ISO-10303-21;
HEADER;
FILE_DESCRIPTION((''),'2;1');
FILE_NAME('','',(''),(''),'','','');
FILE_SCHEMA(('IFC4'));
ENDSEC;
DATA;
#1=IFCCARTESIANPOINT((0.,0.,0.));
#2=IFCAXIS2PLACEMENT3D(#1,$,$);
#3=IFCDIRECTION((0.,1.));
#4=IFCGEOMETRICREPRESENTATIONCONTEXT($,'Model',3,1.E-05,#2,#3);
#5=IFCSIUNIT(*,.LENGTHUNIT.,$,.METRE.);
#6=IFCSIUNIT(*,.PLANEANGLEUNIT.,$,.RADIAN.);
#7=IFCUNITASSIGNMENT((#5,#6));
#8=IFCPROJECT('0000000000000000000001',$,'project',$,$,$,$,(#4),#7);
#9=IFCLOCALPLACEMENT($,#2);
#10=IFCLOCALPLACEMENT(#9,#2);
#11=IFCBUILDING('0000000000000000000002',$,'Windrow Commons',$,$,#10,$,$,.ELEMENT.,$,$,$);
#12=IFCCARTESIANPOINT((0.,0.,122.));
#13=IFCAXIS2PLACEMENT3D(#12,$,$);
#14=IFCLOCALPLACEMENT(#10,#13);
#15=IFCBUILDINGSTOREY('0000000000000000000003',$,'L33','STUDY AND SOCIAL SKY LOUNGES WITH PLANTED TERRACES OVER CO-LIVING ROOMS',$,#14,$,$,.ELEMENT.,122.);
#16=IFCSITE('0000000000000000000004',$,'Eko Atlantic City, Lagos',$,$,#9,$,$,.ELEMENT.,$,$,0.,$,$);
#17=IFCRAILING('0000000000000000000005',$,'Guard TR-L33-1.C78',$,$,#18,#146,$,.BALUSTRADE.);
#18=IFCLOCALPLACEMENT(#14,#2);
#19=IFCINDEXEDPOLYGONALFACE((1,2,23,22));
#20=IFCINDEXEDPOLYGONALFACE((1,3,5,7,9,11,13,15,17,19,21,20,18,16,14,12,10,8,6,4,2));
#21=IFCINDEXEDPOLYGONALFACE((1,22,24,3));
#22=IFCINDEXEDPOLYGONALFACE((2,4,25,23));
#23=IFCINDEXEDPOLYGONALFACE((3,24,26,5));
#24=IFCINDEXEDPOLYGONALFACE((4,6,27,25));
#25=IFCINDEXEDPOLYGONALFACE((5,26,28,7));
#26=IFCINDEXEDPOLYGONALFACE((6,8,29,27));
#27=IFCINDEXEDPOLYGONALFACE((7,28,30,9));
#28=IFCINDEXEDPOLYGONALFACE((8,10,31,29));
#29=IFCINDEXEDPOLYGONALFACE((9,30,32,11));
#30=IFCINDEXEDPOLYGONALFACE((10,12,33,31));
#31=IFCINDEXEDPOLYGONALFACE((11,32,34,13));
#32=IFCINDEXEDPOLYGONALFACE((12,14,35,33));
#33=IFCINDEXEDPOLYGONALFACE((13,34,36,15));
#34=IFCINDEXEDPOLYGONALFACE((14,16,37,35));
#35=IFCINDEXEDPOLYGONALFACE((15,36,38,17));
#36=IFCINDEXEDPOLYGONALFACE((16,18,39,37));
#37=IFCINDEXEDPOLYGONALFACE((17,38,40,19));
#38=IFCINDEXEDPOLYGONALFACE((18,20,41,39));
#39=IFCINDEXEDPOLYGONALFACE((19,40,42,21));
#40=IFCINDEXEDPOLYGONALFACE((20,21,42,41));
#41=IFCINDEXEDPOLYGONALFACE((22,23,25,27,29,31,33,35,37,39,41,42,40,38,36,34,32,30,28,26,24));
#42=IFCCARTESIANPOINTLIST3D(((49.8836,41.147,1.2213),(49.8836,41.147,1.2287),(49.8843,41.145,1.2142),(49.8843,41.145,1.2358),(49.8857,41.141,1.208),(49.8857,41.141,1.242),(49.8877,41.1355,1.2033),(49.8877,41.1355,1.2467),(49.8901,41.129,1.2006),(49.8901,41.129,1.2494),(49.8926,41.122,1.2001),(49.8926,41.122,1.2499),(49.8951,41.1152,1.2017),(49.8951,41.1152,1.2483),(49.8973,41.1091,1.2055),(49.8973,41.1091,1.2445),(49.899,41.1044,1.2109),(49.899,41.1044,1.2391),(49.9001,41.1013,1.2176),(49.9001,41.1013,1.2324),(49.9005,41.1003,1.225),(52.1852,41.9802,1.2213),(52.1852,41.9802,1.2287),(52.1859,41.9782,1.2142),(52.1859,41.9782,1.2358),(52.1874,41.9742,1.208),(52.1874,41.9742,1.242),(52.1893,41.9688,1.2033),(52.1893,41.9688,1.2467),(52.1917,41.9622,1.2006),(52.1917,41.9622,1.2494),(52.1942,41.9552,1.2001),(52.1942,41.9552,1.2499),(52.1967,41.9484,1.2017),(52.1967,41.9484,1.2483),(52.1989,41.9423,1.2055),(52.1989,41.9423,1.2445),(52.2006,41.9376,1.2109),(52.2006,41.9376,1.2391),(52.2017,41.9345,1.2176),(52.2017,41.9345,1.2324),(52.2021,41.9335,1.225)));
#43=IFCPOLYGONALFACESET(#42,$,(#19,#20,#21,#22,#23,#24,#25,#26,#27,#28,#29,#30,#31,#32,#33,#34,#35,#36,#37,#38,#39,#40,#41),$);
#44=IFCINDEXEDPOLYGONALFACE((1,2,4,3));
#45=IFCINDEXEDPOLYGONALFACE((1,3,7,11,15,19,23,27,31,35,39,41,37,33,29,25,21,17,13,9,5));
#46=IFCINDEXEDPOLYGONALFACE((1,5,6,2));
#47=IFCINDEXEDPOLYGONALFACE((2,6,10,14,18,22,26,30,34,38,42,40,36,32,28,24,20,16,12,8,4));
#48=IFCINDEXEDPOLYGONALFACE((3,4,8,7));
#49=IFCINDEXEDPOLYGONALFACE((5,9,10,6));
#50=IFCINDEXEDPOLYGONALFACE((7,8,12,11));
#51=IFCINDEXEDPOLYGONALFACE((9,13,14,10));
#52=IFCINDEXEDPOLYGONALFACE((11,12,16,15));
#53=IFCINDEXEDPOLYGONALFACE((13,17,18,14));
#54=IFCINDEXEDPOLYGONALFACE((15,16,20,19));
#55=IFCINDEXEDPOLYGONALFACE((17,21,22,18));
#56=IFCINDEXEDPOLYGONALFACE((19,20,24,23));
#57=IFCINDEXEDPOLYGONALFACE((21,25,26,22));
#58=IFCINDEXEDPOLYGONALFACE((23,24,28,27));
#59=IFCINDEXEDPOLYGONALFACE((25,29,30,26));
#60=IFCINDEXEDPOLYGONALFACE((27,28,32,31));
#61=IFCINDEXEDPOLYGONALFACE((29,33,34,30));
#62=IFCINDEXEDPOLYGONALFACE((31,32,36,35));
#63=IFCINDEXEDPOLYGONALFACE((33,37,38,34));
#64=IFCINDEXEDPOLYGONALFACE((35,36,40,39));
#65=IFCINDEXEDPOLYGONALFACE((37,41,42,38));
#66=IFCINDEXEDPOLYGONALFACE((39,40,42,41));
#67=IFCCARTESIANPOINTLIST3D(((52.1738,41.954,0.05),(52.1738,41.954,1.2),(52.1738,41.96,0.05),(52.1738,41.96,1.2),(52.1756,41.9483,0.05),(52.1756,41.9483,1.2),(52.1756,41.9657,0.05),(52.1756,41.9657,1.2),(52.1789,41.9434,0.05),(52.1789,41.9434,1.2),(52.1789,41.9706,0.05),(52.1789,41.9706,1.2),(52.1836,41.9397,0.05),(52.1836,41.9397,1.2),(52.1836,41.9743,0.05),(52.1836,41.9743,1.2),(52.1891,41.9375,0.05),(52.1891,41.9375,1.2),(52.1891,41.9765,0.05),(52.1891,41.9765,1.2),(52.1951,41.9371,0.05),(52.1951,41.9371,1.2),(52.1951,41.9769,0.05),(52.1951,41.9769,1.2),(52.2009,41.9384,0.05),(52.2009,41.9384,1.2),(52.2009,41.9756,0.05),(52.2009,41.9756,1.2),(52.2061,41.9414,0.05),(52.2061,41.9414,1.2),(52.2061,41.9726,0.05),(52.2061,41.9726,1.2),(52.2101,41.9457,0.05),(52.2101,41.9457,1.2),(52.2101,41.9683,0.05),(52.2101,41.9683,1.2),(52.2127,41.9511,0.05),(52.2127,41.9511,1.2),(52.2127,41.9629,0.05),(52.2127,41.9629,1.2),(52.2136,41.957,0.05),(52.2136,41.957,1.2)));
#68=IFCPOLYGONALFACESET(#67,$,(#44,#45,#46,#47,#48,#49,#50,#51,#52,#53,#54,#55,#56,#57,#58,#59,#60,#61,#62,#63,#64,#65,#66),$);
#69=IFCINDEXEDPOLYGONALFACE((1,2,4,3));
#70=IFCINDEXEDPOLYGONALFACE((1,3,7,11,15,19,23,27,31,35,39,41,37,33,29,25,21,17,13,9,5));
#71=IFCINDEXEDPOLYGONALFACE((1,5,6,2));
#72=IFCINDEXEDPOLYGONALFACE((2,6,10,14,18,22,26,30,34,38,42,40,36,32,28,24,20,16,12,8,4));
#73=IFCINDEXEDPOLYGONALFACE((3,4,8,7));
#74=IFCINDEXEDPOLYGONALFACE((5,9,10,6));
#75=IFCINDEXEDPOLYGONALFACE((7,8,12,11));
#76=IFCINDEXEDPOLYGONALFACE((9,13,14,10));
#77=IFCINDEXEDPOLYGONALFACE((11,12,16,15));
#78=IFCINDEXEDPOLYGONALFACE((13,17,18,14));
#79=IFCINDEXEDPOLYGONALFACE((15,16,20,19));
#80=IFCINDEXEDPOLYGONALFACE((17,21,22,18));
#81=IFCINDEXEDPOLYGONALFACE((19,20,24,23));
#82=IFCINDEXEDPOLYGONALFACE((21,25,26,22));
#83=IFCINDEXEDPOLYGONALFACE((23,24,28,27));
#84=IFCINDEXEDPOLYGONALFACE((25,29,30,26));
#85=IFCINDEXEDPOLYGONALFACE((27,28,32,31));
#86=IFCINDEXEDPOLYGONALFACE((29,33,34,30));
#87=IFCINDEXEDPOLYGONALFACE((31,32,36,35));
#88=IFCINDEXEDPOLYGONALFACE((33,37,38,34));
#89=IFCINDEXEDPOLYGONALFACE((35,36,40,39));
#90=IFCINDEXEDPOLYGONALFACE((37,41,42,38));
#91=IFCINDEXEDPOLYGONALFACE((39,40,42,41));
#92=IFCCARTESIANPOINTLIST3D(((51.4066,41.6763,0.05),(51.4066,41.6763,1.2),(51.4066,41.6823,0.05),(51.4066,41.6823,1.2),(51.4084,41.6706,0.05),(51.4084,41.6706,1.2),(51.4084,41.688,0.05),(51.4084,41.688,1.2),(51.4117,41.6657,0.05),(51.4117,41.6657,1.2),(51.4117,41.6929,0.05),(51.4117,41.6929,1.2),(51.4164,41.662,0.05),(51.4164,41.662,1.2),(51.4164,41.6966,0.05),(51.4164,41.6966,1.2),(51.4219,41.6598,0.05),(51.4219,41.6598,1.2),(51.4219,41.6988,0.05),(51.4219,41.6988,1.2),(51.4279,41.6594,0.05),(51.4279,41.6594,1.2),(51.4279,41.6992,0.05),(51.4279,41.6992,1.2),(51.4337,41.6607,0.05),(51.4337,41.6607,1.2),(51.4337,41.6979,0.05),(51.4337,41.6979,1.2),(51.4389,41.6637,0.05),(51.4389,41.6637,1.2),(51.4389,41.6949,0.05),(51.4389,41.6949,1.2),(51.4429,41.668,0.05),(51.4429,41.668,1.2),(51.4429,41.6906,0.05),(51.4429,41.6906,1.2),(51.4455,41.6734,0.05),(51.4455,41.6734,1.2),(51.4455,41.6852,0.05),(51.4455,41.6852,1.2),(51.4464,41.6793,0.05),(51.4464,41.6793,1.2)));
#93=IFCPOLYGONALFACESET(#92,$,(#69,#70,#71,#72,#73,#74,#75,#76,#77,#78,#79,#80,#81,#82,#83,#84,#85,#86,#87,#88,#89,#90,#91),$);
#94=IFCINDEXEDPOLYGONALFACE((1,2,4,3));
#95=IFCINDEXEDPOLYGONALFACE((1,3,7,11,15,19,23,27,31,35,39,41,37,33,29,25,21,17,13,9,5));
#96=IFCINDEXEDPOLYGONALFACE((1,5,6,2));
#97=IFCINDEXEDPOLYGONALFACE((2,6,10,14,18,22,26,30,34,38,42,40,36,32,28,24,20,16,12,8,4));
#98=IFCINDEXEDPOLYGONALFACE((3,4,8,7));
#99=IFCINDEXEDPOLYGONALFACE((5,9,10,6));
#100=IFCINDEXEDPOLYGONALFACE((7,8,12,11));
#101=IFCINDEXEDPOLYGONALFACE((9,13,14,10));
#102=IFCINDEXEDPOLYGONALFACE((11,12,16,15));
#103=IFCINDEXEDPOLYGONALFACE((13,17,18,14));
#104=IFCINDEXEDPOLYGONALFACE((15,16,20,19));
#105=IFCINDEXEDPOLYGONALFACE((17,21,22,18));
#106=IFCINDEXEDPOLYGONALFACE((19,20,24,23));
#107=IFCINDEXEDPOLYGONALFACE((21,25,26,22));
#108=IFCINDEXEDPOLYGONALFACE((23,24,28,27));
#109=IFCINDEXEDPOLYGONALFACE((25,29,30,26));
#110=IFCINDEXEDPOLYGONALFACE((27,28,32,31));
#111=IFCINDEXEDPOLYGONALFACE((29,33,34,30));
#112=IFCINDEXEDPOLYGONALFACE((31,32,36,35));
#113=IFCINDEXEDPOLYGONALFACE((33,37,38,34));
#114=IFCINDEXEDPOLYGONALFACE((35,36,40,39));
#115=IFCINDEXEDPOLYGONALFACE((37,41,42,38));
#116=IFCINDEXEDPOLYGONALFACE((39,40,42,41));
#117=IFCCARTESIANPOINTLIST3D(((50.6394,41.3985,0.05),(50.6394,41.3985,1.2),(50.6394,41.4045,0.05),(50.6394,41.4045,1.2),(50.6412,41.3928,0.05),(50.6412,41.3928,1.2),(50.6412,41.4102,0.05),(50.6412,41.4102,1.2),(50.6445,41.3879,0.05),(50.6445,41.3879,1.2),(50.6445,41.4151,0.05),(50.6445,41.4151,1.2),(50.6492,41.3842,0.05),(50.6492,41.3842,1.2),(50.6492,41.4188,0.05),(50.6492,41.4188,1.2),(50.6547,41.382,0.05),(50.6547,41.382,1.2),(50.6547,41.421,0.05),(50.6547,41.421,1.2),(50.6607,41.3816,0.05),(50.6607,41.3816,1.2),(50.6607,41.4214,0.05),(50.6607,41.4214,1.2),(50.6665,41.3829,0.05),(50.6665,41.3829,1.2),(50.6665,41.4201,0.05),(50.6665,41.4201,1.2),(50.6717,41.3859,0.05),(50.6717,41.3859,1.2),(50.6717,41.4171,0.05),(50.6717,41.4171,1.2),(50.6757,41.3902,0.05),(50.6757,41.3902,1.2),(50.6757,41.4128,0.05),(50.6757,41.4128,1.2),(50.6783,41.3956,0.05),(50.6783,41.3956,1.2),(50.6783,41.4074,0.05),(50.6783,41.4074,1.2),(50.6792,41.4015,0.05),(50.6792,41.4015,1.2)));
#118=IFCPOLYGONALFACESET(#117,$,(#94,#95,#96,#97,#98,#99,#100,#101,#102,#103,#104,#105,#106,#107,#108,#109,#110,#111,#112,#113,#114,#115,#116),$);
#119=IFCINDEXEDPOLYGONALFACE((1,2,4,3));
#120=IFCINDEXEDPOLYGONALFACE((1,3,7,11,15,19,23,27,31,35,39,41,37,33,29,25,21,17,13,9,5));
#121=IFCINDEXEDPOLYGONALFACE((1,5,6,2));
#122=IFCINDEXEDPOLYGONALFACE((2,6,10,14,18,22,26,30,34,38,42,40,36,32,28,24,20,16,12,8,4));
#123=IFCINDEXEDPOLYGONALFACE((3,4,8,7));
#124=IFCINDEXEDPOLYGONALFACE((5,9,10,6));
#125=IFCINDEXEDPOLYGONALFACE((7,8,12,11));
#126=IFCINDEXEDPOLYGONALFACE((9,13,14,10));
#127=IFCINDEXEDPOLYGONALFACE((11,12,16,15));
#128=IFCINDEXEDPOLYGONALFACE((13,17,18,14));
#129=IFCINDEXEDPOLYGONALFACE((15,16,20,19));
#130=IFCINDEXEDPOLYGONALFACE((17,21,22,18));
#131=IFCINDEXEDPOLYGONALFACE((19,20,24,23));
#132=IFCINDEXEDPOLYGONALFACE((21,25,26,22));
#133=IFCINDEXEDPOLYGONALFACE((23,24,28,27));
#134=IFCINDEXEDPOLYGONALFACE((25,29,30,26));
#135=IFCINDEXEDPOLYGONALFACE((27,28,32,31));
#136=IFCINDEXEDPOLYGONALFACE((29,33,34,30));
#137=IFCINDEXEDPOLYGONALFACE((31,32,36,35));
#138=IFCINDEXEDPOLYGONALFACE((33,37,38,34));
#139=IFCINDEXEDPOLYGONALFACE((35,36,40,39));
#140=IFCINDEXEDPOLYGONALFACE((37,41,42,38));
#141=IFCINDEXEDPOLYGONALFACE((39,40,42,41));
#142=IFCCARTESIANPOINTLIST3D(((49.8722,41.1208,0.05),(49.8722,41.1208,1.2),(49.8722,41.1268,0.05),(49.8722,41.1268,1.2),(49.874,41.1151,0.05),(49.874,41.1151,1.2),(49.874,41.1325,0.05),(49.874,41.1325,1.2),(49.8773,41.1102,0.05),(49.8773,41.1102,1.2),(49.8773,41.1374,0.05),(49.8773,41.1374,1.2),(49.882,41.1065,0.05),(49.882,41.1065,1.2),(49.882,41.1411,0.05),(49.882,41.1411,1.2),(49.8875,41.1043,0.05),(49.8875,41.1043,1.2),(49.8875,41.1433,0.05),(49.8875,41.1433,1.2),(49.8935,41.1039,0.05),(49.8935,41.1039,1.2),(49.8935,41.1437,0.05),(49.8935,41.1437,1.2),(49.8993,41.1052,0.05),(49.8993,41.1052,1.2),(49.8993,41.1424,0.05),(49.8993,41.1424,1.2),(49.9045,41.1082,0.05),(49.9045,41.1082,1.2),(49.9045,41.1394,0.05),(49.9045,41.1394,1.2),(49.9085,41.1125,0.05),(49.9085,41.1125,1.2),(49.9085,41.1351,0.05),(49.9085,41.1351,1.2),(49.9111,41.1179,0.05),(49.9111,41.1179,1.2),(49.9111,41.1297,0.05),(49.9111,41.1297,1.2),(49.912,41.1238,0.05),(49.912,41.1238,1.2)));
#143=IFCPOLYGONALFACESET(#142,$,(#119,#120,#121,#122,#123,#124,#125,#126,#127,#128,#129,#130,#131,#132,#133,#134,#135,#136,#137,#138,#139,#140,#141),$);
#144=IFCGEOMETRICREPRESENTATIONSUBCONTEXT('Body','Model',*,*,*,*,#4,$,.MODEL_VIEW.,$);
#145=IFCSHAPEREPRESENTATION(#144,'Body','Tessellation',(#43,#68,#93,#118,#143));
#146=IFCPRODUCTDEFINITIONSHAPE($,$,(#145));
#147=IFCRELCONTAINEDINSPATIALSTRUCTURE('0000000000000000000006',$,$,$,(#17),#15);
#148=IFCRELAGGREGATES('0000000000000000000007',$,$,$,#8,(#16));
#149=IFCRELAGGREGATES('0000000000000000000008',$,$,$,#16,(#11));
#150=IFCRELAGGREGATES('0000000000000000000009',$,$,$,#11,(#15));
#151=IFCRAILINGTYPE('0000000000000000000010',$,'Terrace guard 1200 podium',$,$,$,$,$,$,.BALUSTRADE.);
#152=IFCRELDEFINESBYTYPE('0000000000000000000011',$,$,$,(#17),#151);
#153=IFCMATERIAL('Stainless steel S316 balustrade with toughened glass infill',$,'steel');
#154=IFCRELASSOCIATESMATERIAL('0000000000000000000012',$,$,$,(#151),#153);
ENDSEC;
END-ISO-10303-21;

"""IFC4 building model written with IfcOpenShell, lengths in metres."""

from ifc_helpers import new_model, si_unit, direction, frame, origin, origin_2d, place, context, subcontext, project, spatial, circle, extrude, material, type_object, element, save


model = new_model("IFC4")

# Units and contexts
model_context = context("Model", 3, precision=1e-05, world=origin(), true_north=direction((0.0, 1.0)))
body_context = subcontext(model_context, "Body", "Model", "MODEL_VIEW")
ifc_project = project(units=[si_unit("LENGTHUNIT", "METRE"), si_unit("PLANEANGLEUNIT", "RADIAN")], contexts=[model_context])

# Site, building, storey
site_placement = place(None, origin())
site = spatial("IfcSite", under=ifc_project, at=site_placement, Name="Eko Atlantic City, Lagos", CompositionType="ELEMENT", RefElevation=0.0)
building_placement = place(site_placement, origin())
building = spatial("IfcBuilding", under=site, at=building_placement, Name="Windrow Commons", CompositionType="ELEMENT")
storey_placement = place(building_placement, frame((0.0, 0.0, 122.0)))
storey = spatial("IfcBuildingStorey", under=building, at=storey_placement, Name="L33", Description="STUDY AND SOCIAL SKY LOUNGES WITH PLANTED TERRACES OVER CO-LIVING ROOMS", CompositionType="ELEMENT", Elevation=122.0)

# Railing
ifc_material_1 = material(Name="Stainless steel S316 balustrade with toughened glass infill", Category="steel")
railing_type = type_object("IfcRailingType", Name="Terrace guard 1200 podium", PredefinedType="BALUSTRADE", material=ifc_material_1)
railing_1_placement = place(storey_placement, frame((52.1936, 41.957, 0.05)))
element("IfcRailing", 1, at=railing_1_placement, inside=storey, type_object=railing_type, Name="Guard TR-L33-1.C78", PredefinedType="BALUSTRADE", context=body_context, shape_type="SweptSolid", body=[
    extrude(circle(Radius=0.025, at=origin_2d()), frame((0.0, 0.0, 1.175), z_axis=(-0.940284, -0.340391, 0.0), x_axis=(0.340391, -0.940284, 0.0)), (0.0, 0.0, 1.0), 2.4478),
    extrude(circle(Radius=0.02, at=origin_2d()), origin(), (0.0, 0.0, 1.0), 1.15),
    extrude(circle(Radius=0.02, at=origin_2d()), frame((-0.7672, -0.2777, 0.0)), (0.0, 0.0, 1.0), 1.15),
    extrude(circle(Radius=0.02, at=origin_2d()), frame((-1.5344, -0.5555, 0.0)), (0.0, 0.0, 1.0), 1.15),
    extrude(circle(Radius=0.02, at=origin_2d()), frame((-2.3016, -0.8332, 0.0)), (0.0, 0.0, 1.0), 1.15),
])

save(model, "model.ifc")
